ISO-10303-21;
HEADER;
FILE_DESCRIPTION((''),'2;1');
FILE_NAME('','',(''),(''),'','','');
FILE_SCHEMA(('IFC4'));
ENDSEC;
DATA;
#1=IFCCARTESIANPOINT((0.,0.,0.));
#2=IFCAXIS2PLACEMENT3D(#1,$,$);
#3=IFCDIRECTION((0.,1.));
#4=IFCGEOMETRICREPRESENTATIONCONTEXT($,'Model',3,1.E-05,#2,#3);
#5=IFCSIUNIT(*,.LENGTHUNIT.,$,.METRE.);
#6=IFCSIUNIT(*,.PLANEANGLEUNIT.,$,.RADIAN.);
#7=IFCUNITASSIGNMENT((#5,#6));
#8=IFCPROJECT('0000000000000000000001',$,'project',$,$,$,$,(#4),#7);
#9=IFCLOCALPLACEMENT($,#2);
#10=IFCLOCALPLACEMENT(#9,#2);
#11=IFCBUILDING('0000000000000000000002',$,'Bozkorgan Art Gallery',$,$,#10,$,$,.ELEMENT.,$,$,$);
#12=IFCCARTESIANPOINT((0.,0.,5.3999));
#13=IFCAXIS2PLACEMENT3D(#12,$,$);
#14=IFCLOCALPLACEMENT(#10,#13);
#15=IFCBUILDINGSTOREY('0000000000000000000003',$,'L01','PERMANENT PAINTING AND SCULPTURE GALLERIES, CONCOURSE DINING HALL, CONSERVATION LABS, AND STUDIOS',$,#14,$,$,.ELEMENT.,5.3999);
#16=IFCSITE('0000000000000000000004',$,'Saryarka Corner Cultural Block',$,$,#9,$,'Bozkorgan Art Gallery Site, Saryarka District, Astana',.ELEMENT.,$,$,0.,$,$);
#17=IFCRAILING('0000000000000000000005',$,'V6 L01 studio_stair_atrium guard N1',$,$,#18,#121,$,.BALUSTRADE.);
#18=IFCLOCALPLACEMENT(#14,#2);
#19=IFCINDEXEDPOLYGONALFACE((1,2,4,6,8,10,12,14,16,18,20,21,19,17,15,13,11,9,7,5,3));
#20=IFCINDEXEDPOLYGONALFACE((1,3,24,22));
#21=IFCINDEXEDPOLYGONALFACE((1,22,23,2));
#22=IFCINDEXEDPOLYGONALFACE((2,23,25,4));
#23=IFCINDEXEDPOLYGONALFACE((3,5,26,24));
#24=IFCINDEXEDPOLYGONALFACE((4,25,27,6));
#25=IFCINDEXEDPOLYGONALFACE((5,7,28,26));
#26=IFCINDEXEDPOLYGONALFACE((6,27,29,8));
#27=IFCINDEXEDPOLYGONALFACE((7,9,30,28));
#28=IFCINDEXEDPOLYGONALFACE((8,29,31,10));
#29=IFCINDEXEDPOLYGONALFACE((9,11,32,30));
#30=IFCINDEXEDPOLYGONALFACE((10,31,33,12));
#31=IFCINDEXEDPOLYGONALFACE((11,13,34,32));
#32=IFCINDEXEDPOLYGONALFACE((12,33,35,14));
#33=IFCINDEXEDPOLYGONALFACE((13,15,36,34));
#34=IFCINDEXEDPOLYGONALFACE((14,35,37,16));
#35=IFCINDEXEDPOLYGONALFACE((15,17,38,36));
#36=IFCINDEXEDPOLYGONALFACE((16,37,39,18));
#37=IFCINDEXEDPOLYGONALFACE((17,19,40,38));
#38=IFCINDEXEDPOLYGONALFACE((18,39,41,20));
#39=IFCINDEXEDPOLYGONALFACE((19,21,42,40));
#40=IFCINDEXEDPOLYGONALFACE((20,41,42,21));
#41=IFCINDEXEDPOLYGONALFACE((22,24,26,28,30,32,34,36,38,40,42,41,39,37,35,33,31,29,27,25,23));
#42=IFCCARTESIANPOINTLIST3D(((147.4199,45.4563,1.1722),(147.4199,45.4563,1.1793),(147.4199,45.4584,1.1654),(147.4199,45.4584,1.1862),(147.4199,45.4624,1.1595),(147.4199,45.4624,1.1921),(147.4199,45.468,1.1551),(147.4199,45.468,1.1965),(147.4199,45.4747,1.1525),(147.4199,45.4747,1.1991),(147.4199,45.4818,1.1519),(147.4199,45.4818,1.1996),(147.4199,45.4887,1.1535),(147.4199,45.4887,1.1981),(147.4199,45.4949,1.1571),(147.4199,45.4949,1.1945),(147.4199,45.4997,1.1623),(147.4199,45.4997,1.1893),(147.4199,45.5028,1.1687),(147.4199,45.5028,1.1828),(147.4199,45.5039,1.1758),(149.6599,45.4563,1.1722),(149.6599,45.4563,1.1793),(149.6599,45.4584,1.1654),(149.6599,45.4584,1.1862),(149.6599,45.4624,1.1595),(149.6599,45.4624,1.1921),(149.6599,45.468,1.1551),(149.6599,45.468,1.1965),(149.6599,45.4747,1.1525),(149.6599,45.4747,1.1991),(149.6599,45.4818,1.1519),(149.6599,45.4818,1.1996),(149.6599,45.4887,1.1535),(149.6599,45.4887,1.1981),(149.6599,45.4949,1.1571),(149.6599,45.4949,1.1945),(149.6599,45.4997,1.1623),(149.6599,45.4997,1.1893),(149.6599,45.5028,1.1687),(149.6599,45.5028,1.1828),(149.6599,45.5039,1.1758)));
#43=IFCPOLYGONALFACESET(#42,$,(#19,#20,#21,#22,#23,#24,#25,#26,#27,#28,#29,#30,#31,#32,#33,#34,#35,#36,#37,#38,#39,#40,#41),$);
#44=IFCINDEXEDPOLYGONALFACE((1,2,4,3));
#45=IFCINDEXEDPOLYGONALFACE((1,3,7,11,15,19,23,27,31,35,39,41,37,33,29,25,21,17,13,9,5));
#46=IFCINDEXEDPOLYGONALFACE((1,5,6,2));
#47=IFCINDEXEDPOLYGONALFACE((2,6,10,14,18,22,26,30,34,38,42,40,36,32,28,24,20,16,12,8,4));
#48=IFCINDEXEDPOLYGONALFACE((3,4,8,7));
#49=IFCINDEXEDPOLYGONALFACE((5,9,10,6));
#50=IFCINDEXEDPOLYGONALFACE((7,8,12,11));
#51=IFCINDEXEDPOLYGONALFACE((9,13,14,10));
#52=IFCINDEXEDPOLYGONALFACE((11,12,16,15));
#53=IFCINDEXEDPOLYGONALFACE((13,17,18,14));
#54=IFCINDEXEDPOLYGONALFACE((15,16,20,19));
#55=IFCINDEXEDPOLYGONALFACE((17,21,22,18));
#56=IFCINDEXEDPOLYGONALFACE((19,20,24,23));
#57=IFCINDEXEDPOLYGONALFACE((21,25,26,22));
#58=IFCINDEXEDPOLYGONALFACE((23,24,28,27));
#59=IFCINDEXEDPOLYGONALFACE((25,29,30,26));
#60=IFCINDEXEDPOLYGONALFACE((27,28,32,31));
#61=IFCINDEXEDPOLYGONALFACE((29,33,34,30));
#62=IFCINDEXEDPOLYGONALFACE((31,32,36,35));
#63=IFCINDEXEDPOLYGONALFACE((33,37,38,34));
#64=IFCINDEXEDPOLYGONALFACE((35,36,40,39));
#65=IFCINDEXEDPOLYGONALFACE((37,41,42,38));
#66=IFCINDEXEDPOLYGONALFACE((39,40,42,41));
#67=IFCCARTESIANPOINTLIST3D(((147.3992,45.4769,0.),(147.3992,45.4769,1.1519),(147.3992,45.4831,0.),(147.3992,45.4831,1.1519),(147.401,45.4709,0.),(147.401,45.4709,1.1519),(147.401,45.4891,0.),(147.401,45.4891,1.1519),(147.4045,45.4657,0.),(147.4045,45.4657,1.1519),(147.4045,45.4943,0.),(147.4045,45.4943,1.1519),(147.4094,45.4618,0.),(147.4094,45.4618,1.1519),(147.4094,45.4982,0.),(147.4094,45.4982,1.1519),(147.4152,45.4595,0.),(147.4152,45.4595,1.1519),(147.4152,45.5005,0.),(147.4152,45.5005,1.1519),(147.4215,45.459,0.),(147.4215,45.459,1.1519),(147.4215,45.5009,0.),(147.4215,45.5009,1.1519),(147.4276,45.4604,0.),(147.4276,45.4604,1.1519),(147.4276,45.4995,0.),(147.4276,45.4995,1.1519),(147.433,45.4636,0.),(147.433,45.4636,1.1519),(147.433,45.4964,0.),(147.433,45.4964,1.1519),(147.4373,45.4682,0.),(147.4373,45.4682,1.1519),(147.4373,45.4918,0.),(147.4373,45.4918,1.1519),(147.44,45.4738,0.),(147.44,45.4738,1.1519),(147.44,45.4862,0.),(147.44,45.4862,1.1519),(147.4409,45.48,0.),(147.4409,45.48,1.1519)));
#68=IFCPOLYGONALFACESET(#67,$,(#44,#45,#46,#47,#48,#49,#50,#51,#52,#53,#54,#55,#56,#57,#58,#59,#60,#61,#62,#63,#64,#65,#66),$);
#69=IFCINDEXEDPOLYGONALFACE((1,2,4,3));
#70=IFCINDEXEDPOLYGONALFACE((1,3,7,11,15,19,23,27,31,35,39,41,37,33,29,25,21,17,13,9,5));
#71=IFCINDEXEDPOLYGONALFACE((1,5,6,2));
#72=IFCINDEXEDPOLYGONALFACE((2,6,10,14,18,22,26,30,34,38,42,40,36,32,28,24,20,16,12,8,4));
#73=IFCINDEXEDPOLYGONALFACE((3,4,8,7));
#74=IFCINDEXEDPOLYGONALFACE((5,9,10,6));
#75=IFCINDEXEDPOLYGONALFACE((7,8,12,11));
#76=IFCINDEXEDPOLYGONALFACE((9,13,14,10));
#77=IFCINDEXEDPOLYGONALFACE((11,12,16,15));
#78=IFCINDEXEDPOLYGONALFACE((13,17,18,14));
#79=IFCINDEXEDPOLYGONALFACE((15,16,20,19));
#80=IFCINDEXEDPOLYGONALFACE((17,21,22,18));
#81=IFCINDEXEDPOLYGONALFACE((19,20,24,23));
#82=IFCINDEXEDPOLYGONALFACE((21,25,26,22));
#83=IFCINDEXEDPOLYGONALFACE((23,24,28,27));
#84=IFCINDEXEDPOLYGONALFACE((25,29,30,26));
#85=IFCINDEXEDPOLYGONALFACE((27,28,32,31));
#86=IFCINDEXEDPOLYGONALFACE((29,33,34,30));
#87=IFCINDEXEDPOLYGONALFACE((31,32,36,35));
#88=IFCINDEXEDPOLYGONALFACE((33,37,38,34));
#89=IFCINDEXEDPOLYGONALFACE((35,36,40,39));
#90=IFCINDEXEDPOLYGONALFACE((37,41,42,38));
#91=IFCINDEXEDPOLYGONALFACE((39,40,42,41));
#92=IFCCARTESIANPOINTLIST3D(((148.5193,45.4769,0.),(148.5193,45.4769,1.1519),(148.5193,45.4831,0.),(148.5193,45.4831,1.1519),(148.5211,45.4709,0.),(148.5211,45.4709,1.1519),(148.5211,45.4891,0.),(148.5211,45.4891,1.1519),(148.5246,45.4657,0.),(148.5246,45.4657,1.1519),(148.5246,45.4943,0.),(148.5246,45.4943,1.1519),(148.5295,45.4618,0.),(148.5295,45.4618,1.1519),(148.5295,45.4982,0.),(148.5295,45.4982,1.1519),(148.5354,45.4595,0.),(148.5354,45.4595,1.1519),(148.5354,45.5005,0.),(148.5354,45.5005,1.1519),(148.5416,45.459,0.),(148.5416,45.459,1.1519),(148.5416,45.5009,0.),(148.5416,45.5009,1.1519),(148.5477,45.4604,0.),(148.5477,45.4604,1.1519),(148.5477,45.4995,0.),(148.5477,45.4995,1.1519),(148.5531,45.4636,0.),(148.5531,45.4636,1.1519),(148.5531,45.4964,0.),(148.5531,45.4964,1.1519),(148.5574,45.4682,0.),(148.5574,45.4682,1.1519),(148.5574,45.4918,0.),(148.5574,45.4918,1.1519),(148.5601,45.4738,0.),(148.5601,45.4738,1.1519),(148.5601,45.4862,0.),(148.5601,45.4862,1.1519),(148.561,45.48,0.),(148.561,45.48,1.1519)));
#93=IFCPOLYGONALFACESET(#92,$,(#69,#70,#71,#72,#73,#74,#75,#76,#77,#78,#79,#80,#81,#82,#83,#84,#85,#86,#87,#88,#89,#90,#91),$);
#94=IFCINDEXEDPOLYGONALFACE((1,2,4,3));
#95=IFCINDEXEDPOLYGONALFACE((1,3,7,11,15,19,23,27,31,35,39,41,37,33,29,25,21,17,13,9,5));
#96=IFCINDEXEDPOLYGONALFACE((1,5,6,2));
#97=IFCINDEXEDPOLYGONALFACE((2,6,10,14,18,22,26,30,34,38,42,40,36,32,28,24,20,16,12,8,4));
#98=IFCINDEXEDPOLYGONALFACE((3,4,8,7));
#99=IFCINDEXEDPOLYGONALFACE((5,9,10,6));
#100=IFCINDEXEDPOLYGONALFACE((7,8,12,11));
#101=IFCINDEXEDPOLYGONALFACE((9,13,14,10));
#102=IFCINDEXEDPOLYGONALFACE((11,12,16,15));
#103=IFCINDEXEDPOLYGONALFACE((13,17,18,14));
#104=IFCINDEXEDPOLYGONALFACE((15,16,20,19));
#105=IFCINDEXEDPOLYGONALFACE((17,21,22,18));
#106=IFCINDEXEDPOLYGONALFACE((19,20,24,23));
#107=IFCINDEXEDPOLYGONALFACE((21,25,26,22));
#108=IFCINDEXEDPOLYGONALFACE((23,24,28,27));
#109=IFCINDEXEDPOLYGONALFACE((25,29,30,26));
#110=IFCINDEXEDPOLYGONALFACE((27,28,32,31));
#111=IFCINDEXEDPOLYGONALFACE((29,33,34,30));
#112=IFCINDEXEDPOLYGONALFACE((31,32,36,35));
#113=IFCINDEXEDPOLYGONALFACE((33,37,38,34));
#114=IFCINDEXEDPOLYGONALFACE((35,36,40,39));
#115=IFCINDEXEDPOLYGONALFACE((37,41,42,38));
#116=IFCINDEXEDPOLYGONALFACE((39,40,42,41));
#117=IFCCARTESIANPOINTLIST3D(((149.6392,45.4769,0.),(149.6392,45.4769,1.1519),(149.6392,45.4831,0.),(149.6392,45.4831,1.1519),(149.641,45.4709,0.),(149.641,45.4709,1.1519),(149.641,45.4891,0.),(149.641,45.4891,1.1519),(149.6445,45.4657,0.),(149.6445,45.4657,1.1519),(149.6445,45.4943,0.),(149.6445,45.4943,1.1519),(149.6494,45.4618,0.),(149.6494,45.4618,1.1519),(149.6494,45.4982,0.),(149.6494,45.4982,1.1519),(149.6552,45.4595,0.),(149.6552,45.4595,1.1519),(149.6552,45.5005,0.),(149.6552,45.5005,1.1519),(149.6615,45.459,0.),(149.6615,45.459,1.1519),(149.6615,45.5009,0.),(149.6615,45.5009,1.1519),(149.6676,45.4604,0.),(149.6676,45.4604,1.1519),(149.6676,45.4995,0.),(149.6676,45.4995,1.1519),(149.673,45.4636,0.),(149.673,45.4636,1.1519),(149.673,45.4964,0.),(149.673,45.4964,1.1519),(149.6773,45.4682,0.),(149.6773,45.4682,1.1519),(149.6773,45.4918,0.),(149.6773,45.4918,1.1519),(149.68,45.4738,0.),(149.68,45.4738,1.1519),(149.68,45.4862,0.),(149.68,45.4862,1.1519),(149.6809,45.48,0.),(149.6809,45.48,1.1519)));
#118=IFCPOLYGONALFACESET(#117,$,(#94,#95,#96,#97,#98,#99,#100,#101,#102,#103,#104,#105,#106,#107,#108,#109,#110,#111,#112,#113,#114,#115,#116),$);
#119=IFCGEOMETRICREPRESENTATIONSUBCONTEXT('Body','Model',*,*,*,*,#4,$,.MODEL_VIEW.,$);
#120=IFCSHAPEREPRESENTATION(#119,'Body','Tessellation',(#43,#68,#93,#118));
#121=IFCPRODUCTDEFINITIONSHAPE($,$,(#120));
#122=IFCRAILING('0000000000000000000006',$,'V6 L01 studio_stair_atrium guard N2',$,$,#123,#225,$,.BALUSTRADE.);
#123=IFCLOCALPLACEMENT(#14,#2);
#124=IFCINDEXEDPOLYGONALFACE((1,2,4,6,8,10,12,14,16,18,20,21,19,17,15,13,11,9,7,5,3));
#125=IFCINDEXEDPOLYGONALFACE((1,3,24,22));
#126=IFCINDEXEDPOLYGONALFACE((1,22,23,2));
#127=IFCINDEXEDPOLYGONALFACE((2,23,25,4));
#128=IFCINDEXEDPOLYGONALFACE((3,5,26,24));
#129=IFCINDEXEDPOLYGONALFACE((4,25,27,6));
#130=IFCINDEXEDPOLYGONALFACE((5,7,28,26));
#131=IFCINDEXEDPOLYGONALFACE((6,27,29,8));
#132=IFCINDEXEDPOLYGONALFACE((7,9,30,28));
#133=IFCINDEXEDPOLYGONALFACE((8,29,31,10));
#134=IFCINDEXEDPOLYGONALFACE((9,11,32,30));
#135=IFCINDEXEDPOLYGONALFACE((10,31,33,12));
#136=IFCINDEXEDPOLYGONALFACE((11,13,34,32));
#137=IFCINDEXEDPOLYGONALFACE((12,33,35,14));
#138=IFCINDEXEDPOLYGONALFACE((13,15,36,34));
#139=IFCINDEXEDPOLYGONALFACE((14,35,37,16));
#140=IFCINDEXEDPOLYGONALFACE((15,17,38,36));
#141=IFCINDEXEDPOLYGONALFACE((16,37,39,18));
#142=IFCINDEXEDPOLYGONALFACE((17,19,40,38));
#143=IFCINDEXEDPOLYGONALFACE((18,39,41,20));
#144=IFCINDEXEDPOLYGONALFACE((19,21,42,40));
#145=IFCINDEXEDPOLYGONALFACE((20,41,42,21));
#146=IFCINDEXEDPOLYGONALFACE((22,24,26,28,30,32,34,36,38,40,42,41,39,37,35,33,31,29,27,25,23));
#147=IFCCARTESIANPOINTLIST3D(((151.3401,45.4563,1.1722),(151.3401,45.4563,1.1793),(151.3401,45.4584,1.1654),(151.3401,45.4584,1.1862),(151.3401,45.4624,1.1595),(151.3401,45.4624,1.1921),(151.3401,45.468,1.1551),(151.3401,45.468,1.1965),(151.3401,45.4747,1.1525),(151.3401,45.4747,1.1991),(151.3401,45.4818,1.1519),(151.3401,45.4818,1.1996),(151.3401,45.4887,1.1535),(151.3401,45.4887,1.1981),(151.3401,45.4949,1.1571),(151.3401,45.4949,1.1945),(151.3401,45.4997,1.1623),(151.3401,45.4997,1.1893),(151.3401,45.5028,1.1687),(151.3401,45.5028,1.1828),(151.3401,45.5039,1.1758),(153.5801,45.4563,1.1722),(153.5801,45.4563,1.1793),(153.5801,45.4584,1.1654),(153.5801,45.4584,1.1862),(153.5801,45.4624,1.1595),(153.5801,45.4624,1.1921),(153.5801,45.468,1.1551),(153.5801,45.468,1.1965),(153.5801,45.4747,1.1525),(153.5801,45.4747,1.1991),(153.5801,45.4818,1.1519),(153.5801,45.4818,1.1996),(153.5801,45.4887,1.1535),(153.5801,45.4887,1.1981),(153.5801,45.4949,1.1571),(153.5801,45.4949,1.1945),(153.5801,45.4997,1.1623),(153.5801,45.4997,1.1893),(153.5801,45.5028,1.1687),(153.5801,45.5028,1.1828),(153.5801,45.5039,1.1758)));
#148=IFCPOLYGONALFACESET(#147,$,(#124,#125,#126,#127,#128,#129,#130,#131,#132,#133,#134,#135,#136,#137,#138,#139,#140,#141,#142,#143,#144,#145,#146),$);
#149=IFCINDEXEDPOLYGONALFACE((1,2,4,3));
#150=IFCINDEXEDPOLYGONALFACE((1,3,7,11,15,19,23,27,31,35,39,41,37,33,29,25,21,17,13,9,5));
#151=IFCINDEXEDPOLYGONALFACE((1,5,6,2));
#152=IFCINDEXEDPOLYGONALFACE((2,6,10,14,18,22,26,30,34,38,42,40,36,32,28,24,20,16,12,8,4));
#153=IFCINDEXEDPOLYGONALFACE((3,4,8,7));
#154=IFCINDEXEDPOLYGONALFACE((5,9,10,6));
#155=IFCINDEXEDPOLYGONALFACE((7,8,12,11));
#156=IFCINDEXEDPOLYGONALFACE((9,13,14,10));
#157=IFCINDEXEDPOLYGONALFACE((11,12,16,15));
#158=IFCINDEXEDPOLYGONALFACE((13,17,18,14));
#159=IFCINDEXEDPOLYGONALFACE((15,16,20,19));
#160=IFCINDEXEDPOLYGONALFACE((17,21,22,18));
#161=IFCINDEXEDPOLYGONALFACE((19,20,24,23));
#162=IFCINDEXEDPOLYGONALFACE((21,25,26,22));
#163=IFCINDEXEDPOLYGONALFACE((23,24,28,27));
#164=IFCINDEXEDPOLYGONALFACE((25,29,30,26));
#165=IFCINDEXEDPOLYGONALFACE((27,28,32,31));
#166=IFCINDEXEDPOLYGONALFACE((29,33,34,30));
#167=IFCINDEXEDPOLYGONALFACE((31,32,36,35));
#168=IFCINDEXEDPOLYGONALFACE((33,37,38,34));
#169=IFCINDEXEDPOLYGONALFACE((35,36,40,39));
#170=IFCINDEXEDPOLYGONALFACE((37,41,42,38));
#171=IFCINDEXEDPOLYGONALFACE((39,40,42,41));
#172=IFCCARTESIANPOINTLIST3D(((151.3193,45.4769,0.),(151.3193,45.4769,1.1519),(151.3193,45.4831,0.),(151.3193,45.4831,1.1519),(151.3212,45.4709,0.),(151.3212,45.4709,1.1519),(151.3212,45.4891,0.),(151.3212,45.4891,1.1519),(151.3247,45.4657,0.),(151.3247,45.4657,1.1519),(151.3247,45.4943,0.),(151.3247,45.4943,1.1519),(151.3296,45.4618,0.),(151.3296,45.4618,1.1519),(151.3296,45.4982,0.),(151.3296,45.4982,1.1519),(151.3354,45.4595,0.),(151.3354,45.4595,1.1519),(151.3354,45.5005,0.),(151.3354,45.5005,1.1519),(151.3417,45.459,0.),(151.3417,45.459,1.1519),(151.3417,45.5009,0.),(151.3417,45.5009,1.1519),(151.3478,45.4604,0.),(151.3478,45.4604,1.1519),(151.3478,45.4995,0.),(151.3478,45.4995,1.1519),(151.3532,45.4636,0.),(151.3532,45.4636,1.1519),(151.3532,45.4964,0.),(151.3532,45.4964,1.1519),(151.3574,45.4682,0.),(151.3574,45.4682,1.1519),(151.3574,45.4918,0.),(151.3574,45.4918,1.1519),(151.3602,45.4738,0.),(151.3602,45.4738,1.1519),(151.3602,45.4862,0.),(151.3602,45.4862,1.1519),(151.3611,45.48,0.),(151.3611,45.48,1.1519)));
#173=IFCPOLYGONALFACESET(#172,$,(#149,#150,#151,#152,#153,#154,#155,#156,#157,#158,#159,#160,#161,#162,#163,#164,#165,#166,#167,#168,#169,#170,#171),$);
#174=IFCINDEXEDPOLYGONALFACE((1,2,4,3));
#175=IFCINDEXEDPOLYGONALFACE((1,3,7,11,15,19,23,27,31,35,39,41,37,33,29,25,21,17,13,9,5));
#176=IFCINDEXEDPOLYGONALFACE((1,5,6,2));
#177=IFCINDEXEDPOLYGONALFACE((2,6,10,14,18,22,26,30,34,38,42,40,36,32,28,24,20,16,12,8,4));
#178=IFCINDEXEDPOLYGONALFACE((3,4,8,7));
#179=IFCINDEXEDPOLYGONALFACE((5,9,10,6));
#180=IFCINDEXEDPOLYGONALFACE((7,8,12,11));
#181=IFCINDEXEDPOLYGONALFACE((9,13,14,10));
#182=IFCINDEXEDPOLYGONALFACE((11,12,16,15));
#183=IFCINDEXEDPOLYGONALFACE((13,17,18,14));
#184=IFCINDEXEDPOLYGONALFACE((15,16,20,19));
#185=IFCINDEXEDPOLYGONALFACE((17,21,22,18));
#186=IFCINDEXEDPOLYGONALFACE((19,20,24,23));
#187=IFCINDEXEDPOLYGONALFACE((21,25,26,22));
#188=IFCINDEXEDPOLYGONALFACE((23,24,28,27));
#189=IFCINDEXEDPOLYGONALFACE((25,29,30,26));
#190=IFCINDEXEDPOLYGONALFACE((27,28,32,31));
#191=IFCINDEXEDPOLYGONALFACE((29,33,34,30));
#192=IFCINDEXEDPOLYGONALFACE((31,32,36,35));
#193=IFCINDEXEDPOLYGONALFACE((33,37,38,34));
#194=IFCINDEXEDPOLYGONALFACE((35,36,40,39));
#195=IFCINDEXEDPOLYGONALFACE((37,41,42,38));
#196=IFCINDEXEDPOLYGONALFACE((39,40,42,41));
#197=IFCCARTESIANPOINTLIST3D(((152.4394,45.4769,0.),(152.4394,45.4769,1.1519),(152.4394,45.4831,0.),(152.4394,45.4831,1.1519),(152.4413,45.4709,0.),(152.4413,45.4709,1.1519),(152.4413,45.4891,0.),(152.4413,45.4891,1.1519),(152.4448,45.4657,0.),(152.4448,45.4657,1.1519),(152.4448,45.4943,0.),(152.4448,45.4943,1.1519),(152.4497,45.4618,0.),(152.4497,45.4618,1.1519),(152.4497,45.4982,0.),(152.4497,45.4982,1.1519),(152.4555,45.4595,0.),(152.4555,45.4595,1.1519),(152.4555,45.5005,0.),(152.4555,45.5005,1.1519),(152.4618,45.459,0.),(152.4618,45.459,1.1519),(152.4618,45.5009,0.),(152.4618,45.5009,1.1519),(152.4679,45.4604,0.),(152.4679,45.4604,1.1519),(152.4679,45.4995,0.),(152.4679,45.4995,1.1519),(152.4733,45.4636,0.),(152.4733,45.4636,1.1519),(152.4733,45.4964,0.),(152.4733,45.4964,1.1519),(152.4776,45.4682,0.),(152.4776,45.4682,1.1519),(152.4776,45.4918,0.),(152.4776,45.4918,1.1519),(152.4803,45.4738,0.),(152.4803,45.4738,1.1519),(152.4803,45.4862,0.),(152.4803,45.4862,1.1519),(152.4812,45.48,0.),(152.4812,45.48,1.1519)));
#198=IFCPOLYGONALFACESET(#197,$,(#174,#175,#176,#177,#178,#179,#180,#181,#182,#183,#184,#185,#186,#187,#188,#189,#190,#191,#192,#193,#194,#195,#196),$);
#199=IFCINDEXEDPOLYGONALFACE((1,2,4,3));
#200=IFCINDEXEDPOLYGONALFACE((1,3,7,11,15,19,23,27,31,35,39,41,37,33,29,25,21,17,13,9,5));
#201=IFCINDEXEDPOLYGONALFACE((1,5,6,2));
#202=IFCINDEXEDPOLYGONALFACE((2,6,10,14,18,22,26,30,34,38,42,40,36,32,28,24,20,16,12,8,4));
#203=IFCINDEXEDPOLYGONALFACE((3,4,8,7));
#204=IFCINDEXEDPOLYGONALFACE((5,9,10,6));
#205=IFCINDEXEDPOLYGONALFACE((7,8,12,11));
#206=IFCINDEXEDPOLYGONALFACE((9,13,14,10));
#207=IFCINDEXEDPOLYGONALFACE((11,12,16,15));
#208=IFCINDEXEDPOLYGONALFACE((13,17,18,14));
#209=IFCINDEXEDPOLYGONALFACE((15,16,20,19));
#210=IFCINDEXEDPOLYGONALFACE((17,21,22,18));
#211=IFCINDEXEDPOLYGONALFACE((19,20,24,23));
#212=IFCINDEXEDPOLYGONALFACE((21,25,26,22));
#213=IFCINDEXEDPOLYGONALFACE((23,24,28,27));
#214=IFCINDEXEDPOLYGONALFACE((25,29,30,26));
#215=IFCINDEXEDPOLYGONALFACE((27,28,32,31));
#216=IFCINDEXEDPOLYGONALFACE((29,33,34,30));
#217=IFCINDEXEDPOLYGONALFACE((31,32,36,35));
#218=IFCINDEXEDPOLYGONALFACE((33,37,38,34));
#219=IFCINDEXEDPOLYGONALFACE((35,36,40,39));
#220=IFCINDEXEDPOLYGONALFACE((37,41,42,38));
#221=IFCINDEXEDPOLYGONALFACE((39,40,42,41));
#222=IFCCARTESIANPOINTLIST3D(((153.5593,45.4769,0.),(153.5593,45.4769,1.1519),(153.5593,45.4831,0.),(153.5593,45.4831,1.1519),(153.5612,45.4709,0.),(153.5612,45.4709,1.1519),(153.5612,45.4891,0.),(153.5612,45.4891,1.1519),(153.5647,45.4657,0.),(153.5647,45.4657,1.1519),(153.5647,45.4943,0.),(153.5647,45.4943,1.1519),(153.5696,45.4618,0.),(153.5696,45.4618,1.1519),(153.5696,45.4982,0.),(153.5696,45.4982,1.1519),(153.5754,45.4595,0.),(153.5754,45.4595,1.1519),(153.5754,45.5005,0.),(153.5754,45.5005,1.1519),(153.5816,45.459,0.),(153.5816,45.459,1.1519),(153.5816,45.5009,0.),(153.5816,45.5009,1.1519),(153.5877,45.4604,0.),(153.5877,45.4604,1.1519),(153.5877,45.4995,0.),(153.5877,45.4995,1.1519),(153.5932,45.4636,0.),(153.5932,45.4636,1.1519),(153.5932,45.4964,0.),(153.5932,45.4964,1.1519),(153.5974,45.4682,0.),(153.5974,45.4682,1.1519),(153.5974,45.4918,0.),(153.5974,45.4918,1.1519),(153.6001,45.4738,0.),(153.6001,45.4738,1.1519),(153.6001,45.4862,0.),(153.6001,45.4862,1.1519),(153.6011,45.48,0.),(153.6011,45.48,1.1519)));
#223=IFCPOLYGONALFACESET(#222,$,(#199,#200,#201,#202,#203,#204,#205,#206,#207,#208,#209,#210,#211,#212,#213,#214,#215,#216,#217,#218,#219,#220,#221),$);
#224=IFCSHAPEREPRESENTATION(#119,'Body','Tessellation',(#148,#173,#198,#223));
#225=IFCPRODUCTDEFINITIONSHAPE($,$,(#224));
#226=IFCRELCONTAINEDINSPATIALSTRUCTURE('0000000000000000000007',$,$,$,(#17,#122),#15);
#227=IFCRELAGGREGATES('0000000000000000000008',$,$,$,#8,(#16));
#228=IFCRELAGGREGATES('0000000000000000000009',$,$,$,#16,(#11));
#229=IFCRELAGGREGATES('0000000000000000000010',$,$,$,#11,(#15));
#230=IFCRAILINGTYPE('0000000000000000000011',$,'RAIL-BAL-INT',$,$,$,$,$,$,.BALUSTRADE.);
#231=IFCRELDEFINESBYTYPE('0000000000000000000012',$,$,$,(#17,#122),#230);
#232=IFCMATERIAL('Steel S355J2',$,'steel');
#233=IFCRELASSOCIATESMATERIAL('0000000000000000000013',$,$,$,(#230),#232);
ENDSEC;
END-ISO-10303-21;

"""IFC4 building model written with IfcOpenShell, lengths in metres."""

from ifc_helpers import new_model, si_unit, direction, frame, origin, origin_2d, place, context, subcontext, project, spatial, circle, extrude, material, type_object, element, save


model = new_model("IFC4")

# Units and contexts
model_context = context("Model", 3, precision=1e-05, world=origin(), true_north=direction((0.0, 1.0)))
body_context = subcontext(model_context, "Body", "Model", "MODEL_VIEW")
ifc_project = project(units=[si_unit("LENGTHUNIT", "METRE"), si_unit("PLANEANGLEUNIT", "RADIAN")], contexts=[model_context])

# Site, building, storey
site_placement = place(None, origin())
site = spatial("IfcSite", under=ifc_project, at=site_placement, Name="Saryarka Corner Cultural Block", LongName="Bozkorgan Art Gallery Site, Saryarka District, Astana", CompositionType="ELEMENT", RefElevation=0.0)
building_placement = place(site_placement, origin())
building = spatial("IfcBuilding", under=site, at=building_placement, Name="Bozkorgan Art Gallery", CompositionType="ELEMENT")
storey_placement = place(building_placement, frame((0.0, 0.0, 5.3999)))
storey = spatial("IfcBuildingStorey", under=building, at=storey_placement, Name="L01", Description="PERMANENT PAINTING AND SCULPTURE GALLERIES, CONCOURSE DINING HALL, CONSERVATION LABS, AND STUDIOS", CompositionType="ELEMENT", Elevation=5.3999)

# Shared definitions
ifc_material_1 = material(Name="Steel S355J2", Category="steel")

# Railings
railing_type = type_object("IfcRailingType", Name="RAIL-BAL-INT", PredefinedType="BALUSTRADE", material=ifc_material_1)
for number, where, name in (
    (1, (147.4199, 45.48, 0.0), "V6 L01 studio_stair_atrium guard N1"),
    (2, (151.3401, 45.48, 0.0), "V6 L01 studio_stair_atrium guard N2"),
):
    element("IfcRailing", number, at=place(storey_placement, frame(where)), inside=storey, type_object=railing_type, Name=name, PredefinedType="BALUSTRADE", context=body_context, shape_type="SweptSolid", body=[
        extrude(circle(Radius=0.0239, at=origin_2d()), frame((0.0, 0.0, 1.1758), z_axis=(1.0, 0.0, 0.0), x_axis=(0.0, 1.0, 0.0)), (0.0, 0.0, 1.0), 2.24),
        extrude(circle(Radius=0.021, at=origin_2d()), origin(), (0.0, 0.0, 1.0), 1.1519),
        extrude(circle(Radius=0.021, at=origin_2d()), frame((1.1201, 0.0, 0.0)), (0.0, 0.0, 1.0), 1.1519),
        extrude(circle(Radius=0.021, at=origin_2d()), frame((2.24, 0.0, 0.0)), (0.0, 0.0, 1.0), 1.1519),
    ])

save(model, "model.ifc")
